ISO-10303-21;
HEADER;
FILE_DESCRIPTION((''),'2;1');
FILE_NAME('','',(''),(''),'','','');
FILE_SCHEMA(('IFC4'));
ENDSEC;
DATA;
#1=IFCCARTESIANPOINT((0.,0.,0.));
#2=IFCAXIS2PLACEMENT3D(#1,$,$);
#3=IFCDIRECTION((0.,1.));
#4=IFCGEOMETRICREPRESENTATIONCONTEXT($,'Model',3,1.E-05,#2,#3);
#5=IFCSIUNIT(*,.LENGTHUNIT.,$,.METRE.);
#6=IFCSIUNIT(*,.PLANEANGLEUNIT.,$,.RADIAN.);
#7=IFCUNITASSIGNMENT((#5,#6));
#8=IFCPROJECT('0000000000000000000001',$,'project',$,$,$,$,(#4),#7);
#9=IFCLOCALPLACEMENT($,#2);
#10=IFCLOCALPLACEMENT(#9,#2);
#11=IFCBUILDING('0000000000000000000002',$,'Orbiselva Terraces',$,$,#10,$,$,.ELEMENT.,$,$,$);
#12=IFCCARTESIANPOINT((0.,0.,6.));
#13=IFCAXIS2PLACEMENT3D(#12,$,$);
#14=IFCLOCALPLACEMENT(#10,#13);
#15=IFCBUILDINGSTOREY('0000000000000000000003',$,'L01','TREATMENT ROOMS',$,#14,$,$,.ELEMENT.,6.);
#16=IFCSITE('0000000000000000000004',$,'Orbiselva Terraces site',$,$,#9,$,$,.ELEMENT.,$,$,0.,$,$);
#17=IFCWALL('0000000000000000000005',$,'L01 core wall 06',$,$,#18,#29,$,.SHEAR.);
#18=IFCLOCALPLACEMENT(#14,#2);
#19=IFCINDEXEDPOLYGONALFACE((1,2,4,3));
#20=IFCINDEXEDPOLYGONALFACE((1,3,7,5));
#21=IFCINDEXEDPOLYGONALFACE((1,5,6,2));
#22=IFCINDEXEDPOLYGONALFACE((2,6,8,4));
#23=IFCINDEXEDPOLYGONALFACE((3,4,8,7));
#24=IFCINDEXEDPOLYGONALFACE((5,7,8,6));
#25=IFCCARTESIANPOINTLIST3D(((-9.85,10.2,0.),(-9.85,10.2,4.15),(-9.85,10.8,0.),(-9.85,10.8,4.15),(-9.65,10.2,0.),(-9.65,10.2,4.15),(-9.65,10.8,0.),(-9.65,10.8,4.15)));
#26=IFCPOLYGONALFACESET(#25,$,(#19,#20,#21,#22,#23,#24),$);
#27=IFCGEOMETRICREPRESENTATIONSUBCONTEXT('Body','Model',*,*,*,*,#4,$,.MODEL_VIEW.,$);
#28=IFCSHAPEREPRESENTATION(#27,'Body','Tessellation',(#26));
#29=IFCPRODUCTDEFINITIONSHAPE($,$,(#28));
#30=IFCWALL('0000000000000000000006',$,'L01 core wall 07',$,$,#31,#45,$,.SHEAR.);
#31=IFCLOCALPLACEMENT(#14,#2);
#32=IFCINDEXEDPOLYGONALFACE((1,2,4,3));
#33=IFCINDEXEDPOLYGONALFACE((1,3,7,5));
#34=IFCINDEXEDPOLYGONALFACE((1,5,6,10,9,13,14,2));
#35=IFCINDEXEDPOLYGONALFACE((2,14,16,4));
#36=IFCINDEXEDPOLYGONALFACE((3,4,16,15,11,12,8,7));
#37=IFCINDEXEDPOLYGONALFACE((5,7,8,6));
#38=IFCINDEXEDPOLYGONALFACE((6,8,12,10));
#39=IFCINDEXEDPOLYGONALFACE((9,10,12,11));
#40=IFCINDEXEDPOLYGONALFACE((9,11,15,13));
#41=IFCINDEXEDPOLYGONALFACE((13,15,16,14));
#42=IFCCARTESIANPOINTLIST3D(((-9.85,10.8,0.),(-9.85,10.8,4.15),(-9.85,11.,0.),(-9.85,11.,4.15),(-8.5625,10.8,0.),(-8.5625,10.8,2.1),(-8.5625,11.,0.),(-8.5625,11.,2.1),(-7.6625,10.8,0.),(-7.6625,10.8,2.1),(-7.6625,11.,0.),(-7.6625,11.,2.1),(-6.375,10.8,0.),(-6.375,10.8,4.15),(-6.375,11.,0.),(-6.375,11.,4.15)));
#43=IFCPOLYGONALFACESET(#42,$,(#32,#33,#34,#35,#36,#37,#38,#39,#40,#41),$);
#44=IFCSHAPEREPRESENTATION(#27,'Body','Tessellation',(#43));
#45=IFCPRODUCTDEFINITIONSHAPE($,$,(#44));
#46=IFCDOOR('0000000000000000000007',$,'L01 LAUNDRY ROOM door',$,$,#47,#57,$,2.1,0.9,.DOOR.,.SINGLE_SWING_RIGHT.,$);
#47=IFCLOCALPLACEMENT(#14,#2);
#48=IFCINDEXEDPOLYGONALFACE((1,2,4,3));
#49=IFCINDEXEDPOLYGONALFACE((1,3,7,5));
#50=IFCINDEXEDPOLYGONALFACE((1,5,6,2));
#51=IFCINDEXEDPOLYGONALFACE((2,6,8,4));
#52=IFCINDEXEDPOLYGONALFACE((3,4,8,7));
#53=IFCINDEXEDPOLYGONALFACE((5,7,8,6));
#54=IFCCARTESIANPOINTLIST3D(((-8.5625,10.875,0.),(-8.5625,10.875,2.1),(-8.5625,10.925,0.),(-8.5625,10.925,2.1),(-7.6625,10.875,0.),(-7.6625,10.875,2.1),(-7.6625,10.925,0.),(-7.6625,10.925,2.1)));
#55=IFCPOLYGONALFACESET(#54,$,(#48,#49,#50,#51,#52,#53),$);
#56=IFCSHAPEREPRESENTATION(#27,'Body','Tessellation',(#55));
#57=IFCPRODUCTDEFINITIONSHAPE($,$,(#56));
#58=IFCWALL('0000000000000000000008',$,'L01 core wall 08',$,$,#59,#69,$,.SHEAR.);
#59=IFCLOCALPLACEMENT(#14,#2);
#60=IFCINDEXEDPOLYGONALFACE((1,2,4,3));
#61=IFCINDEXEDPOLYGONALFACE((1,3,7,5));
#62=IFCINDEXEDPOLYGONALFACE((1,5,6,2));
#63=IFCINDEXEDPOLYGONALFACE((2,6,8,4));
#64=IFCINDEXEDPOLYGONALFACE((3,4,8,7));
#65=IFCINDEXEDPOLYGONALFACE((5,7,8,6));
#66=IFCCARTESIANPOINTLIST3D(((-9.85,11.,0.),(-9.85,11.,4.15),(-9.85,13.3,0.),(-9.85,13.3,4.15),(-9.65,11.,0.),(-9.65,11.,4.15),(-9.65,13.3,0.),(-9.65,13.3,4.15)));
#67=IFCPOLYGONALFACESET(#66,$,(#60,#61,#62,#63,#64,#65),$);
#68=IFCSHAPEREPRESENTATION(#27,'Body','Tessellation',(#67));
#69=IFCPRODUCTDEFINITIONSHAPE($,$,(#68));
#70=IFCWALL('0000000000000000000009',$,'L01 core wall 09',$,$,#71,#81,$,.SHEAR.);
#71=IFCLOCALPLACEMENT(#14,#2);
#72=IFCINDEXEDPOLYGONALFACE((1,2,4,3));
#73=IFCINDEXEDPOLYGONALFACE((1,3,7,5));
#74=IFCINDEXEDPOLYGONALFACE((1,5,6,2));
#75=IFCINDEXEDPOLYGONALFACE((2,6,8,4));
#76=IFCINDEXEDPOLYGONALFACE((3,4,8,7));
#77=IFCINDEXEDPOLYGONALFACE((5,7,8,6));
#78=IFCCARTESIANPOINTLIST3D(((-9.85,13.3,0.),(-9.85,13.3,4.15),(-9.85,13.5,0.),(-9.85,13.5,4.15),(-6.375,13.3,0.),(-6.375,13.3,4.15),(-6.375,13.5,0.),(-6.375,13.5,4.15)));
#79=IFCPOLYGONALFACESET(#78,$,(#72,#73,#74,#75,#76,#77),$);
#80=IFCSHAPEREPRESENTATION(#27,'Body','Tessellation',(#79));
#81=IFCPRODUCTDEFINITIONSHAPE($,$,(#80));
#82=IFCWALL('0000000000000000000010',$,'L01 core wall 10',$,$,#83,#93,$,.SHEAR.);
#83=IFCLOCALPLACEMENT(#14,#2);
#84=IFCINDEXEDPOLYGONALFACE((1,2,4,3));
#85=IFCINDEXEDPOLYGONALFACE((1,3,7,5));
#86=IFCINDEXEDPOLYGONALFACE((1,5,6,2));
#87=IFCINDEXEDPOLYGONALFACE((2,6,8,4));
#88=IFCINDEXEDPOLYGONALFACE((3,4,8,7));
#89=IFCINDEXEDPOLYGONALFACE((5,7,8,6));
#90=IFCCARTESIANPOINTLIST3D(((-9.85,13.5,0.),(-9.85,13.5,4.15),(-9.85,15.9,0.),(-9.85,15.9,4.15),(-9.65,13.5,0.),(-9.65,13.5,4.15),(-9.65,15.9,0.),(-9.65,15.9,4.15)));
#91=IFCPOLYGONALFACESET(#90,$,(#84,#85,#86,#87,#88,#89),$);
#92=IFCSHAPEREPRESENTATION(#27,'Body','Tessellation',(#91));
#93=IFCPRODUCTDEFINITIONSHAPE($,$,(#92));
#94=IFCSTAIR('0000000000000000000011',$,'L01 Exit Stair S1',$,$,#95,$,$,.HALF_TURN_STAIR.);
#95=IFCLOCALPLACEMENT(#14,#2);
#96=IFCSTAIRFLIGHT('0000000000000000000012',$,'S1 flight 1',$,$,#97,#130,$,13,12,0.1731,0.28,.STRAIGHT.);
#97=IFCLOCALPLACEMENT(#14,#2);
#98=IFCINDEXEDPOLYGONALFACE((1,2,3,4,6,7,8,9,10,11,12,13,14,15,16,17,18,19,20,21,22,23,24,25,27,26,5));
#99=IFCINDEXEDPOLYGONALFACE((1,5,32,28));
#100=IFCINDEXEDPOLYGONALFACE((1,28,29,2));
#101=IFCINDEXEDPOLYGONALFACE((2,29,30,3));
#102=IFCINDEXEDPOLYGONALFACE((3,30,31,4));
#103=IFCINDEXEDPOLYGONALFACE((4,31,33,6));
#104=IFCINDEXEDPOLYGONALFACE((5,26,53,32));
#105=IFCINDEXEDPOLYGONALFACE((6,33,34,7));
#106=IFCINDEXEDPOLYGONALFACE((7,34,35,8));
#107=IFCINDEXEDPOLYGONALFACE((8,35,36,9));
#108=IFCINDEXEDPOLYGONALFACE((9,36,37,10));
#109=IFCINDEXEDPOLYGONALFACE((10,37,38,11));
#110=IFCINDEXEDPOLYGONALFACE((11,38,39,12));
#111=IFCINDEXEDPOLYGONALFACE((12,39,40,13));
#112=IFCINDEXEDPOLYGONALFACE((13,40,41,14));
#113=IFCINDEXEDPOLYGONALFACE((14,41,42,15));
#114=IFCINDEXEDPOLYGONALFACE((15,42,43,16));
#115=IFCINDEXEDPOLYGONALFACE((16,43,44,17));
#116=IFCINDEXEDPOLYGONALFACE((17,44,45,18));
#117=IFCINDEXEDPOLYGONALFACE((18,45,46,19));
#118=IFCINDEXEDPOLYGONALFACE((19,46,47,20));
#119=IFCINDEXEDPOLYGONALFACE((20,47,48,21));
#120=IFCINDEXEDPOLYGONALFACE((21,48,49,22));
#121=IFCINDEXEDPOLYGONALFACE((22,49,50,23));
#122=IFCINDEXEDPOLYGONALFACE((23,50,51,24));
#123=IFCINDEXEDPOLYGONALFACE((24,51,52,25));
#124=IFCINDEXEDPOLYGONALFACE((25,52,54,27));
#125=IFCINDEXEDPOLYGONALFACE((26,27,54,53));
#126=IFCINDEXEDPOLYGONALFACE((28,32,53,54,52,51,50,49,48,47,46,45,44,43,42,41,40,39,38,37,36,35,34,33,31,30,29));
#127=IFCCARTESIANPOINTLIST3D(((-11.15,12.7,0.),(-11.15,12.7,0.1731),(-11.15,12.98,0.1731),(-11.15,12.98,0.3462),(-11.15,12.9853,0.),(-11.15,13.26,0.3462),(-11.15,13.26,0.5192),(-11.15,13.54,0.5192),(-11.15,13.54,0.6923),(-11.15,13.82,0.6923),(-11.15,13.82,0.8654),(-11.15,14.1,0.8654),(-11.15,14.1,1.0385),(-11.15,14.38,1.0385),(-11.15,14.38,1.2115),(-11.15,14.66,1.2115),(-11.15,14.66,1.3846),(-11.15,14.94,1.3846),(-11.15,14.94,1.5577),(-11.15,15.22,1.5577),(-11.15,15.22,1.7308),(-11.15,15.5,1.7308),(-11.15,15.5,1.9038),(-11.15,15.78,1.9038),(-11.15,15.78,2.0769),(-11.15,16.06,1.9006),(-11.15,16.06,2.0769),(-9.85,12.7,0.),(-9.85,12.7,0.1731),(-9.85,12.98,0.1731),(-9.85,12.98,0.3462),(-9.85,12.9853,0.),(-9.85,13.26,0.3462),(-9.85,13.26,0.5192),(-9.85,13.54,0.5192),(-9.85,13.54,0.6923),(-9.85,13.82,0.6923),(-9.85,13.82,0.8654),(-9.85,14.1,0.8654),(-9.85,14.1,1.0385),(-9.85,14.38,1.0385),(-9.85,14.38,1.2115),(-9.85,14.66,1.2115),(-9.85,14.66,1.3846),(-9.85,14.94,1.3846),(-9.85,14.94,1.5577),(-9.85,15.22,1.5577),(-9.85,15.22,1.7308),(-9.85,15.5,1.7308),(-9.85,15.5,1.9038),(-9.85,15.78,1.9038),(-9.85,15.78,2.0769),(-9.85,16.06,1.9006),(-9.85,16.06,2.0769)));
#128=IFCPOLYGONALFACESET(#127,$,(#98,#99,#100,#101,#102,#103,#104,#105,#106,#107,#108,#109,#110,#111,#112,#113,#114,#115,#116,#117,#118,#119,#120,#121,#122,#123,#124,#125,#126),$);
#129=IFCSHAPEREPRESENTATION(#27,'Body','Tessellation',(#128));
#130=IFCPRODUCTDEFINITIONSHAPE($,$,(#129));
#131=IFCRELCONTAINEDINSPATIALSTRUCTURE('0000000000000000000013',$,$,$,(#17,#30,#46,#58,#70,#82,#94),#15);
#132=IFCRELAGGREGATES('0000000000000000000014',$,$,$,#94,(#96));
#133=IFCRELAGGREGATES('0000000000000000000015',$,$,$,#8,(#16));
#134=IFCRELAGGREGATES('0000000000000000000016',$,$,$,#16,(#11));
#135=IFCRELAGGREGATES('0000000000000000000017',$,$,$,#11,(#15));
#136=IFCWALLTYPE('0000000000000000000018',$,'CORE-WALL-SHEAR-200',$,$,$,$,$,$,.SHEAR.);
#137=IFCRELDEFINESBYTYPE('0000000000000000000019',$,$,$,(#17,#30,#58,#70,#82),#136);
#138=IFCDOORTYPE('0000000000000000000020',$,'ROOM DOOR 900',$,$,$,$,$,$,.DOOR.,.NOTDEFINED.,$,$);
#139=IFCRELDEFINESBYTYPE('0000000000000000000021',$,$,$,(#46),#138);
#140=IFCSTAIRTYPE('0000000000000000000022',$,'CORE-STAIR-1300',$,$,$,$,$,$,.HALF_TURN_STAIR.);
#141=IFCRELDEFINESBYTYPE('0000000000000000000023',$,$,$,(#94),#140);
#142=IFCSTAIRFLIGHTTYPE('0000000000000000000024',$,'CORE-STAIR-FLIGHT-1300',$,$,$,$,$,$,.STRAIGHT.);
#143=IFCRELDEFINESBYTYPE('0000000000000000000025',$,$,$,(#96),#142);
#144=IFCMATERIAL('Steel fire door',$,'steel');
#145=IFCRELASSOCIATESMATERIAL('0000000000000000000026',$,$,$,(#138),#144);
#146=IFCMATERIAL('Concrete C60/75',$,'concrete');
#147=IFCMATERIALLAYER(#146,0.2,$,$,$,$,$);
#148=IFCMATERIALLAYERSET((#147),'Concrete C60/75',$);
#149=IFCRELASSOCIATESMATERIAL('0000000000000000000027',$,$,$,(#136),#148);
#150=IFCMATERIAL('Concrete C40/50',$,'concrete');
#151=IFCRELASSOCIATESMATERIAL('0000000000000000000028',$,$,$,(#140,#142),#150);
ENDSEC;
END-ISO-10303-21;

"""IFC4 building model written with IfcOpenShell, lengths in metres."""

from ifc_helpers import new_model, si_unit, direction, frame, frame_2d, origin, place, context, subcontext, project, spatial, polyline, rectangle, outline, extrude, material, layer, layer_set, type_object, element, fill, aggregate, save


model = new_model("IFC4")

# Units and contexts
model_context = context("Model", 3, precision=1e-05, world=origin(), true_north=direction((0.0, 1.0)))
body_context = subcontext(model_context, "Body", "Model", "MODEL_VIEW")
ifc_project = project(units=[si_unit("LENGTHUNIT", "METRE"), si_unit("PLANEANGLEUNIT", "RADIAN")], contexts=[model_context])

# Site, building, storey
site_placement = place(None, origin())
site = spatial("IfcSite", under=ifc_project, at=site_placement, Name="Orbiselva Terraces site", CompositionType="ELEMENT", RefElevation=0.0)
building_placement = place(site_placement, origin())
building = spatial("IfcBuilding", under=site, at=building_placement, Name="Orbiselva Terraces", CompositionType="ELEMENT")
storey_placement = place(building_placement, frame((0.0, 0.0, 6.0)))
storey = spatial("IfcBuildingStorey", under=building, at=storey_placement, Name="L01", Description="TREATMENT ROOMS", CompositionType="ELEMENT", Elevation=6.0)

# Shared definitions
ifc_material_1 = material(Name="Steel fire door", Category="steel")

# Shared definitions
door_type_1 = type_object("IfcDoorType", Name="ROOM DOOR 900", OperationType="NOTDEFINED", PredefinedType="DOOR", material=ifc_material_1)

# Wall
ifc_material_2 = material(Name="Concrete C60/75", Category="concrete")
ifc_layer_1 = layer(ifc_material_2, 0.2)
ifc_layer_set_1 = layer_set([ifc_layer_1], Name="Concrete C60/75")
wall_type_1 = type_object("IfcWallType", Name="CORE-WALL-SHEAR-200", PredefinedType="SHEAR", material=ifc_layer_set_1)
wall_1_placement = place(storey_placement, frame((-9.75, 10.2, 0.0), z_axis=(0.0, 0.0, 1.0), x_axis=(0.0, 1.0, 0.0)))
element("IfcWall", 1, at=wall_1_placement, inside=storey, type_object=wall_type_1, Name="L01 core wall 06", PredefinedType="SHEAR", context=body_context, shape_type="SweptSolid", body=[
    extrude(rectangle(XDim=0.6, YDim=0.2, at=frame_2d((0.3, 0.0))), origin(), (0.0, 0.0, 1.0), 4.15),
])

# Wall, opening, door
wall_2_placement = place(storey_placement, frame((-9.85, 10.9, 0.0), z_axis=(0.0, 0.0, 1.0), x_axis=(1.0, 0.0, 0.0)))
wall_2 = element("IfcWall", 2, at=wall_2_placement, inside=storey, type_object=wall_type_1, Name="L01 core wall 07", PredefinedType="SHEAR", context=body_context, shape_type="SweptSolid", body=[
    extrude(rectangle(XDim=3.475, YDim=0.2, at=frame_2d((1.7375, 0.0))), origin(), (0.0, 0.0, 1.0), 4.15),
])
opening_1_placement = place(wall_2_placement, frame((1.2875, 0.0, 0.0)))
opening_1 = element("IfcOpeningElement", 3, at=opening_1_placement, cuts=wall_2, PredefinedType="OPENING", context=body_context, shape_type="SweptSolid", body=[
    extrude(rectangle(XDim=0.9, YDim=2.1, at=frame_2d((0.45, 1.05))), frame((0.0, 0.11, 0.0), z_axis=(0.0, -1.0, 0.0), x_axis=(1.0, 0.0, 0.0)), (0.0, 0.0, 1.0), 0.22),
])
door_1_placement = place(opening_1_placement, origin())
door_1 = element("IfcDoor", 4, at=door_1_placement, inside=storey, type_object=door_type_1, Name="L01 LAUNDRY ROOM door", OperationType="SINGLE_SWING_RIGHT", OverallHeight=2.1, OverallWidth=0.9, PredefinedType="DOOR", context=body_context, shape_type="SweptSolid", body=[
    extrude(rectangle(XDim=0.9, YDim=2.1, at=frame_2d((0.45, 1.05))), frame((0.0, 0.025, 0.0), z_axis=(0.0, -1.0, 0.0), x_axis=(1.0, 0.0, 0.0)), (0.0, 0.0, 1.0), 0.05),
])
fill(opening_1, door_1)

# Walls
wall_3_placement = place(storey_placement, frame((-9.75, 11.0, 0.0), z_axis=(0.0, 0.0, 1.0), x_axis=(0.0, 1.0, 0.0)))
element("IfcWall", 5, at=wall_3_placement, inside=storey, type_object=wall_type_1, Name="L01 core wall 08", PredefinedType="SHEAR", context=body_context, shape_type="SweptSolid", body=[
    extrude(rectangle(XDim=2.3, YDim=0.2, at=frame_2d((1.15, 0.0))), origin(), (0.0, 0.0, 1.0), 4.15),
])
wall_4_placement = place(storey_placement, frame((-9.85, 13.4, 0.0), z_axis=(0.0, 0.0, 1.0), x_axis=(1.0, 0.0, 0.0)))
element("IfcWall", 6, at=wall_4_placement, inside=storey, type_object=wall_type_1, Name="L01 core wall 09", PredefinedType="SHEAR", context=body_context, shape_type="SweptSolid", body=[
    extrude(rectangle(XDim=3.475, YDim=0.2, at=frame_2d((1.7375, 0.0))), origin(), (0.0, 0.0, 1.0), 4.15),
])
wall_5_placement = place(storey_placement, frame((-9.75, 13.5, 0.0), z_axis=(0.0, 0.0, 1.0), x_axis=(0.0, 1.0, 0.0)))
element("IfcWall", 7, at=wall_5_placement, inside=storey, type_object=wall_type_1, Name="L01 core wall 10", PredefinedType="SHEAR", context=body_context, shape_type="SweptSolid", body=[
    extrude(rectangle(XDim=2.4, YDim=0.2, at=frame_2d((1.2, 0.0))), origin(), (0.0, 0.0, 1.0), 4.15),
])

# Stair, stair flight
ifc_material_3 = material(Name="Concrete C40/50", Category="concrete")
stair_type = type_object("IfcStairType", Name="CORE-STAIR-1300", PredefinedType="HALF_TURN_STAIR", material=ifc_material_3)
stair_placement = place(storey_placement, origin())
stair = element("IfcStair", 8, at=stair_placement, inside=storey, type_object=stair_type, Name="L01 Exit Stair S1", PredefinedType="HALF_TURN_STAIR")
stair_flight_type = type_object("IfcStairFlightType", Name="CORE-STAIR-FLIGHT-1300", PredefinedType="STRAIGHT", material=ifc_material_3)
stair_flight_placement = place(storey_placement, frame((-10.5, 12.7, 0.0), z_axis=(0.0, 0.0, 1.0), x_axis=(0.0, 1.0, 0.0)))
stair_flight = element("IfcStairFlight", 9, at=stair_flight_placement, type_object=stair_flight_type, Name="S1 flight 1", NumberOfRisers=13, NumberOfTreads=12, PredefinedType="STRAIGHT", RiserHeight=0.1731, TreadLength=0.28, context=body_context, shape_type="SweptSolid", body=[
    extrude(outline(polyline([(0.0, 0.0), (0.0, 0.1731), (0.28, 0.1731), (0.28, 0.3462), (0.56, 0.3462), (0.56, 0.5192), (0.84, 0.5192), (0.84, 0.6923), (1.12, 0.6923), (1.12, 0.8654), (1.4, 0.8654), (1.4, 1.0385), (1.68, 1.0385), (1.68, 1.2115), (1.96, 1.2115), (1.96, 1.3846), (2.24, 1.3846), (2.24, 1.5577), (2.52, 1.5577), (2.52, 1.7308), (2.8, 1.7308), (2.8, 1.9038), (3.08, 1.9038), (3.08, 2.0769), (3.36, 2.0769), (3.36, 2.25), (3.36, 1.9006), (0.2853, 0.0), (0.0, 0.0)])), frame((0.0, 0.65, 0.0), z_axis=(0.0, -1.0, 0.0), x_axis=(1.0, 0.0, 0.0)), (0.0, 0.0, 1.0), 1.3),
])
aggregate(stair, [stair_flight])

save(model, "model.ifc")
